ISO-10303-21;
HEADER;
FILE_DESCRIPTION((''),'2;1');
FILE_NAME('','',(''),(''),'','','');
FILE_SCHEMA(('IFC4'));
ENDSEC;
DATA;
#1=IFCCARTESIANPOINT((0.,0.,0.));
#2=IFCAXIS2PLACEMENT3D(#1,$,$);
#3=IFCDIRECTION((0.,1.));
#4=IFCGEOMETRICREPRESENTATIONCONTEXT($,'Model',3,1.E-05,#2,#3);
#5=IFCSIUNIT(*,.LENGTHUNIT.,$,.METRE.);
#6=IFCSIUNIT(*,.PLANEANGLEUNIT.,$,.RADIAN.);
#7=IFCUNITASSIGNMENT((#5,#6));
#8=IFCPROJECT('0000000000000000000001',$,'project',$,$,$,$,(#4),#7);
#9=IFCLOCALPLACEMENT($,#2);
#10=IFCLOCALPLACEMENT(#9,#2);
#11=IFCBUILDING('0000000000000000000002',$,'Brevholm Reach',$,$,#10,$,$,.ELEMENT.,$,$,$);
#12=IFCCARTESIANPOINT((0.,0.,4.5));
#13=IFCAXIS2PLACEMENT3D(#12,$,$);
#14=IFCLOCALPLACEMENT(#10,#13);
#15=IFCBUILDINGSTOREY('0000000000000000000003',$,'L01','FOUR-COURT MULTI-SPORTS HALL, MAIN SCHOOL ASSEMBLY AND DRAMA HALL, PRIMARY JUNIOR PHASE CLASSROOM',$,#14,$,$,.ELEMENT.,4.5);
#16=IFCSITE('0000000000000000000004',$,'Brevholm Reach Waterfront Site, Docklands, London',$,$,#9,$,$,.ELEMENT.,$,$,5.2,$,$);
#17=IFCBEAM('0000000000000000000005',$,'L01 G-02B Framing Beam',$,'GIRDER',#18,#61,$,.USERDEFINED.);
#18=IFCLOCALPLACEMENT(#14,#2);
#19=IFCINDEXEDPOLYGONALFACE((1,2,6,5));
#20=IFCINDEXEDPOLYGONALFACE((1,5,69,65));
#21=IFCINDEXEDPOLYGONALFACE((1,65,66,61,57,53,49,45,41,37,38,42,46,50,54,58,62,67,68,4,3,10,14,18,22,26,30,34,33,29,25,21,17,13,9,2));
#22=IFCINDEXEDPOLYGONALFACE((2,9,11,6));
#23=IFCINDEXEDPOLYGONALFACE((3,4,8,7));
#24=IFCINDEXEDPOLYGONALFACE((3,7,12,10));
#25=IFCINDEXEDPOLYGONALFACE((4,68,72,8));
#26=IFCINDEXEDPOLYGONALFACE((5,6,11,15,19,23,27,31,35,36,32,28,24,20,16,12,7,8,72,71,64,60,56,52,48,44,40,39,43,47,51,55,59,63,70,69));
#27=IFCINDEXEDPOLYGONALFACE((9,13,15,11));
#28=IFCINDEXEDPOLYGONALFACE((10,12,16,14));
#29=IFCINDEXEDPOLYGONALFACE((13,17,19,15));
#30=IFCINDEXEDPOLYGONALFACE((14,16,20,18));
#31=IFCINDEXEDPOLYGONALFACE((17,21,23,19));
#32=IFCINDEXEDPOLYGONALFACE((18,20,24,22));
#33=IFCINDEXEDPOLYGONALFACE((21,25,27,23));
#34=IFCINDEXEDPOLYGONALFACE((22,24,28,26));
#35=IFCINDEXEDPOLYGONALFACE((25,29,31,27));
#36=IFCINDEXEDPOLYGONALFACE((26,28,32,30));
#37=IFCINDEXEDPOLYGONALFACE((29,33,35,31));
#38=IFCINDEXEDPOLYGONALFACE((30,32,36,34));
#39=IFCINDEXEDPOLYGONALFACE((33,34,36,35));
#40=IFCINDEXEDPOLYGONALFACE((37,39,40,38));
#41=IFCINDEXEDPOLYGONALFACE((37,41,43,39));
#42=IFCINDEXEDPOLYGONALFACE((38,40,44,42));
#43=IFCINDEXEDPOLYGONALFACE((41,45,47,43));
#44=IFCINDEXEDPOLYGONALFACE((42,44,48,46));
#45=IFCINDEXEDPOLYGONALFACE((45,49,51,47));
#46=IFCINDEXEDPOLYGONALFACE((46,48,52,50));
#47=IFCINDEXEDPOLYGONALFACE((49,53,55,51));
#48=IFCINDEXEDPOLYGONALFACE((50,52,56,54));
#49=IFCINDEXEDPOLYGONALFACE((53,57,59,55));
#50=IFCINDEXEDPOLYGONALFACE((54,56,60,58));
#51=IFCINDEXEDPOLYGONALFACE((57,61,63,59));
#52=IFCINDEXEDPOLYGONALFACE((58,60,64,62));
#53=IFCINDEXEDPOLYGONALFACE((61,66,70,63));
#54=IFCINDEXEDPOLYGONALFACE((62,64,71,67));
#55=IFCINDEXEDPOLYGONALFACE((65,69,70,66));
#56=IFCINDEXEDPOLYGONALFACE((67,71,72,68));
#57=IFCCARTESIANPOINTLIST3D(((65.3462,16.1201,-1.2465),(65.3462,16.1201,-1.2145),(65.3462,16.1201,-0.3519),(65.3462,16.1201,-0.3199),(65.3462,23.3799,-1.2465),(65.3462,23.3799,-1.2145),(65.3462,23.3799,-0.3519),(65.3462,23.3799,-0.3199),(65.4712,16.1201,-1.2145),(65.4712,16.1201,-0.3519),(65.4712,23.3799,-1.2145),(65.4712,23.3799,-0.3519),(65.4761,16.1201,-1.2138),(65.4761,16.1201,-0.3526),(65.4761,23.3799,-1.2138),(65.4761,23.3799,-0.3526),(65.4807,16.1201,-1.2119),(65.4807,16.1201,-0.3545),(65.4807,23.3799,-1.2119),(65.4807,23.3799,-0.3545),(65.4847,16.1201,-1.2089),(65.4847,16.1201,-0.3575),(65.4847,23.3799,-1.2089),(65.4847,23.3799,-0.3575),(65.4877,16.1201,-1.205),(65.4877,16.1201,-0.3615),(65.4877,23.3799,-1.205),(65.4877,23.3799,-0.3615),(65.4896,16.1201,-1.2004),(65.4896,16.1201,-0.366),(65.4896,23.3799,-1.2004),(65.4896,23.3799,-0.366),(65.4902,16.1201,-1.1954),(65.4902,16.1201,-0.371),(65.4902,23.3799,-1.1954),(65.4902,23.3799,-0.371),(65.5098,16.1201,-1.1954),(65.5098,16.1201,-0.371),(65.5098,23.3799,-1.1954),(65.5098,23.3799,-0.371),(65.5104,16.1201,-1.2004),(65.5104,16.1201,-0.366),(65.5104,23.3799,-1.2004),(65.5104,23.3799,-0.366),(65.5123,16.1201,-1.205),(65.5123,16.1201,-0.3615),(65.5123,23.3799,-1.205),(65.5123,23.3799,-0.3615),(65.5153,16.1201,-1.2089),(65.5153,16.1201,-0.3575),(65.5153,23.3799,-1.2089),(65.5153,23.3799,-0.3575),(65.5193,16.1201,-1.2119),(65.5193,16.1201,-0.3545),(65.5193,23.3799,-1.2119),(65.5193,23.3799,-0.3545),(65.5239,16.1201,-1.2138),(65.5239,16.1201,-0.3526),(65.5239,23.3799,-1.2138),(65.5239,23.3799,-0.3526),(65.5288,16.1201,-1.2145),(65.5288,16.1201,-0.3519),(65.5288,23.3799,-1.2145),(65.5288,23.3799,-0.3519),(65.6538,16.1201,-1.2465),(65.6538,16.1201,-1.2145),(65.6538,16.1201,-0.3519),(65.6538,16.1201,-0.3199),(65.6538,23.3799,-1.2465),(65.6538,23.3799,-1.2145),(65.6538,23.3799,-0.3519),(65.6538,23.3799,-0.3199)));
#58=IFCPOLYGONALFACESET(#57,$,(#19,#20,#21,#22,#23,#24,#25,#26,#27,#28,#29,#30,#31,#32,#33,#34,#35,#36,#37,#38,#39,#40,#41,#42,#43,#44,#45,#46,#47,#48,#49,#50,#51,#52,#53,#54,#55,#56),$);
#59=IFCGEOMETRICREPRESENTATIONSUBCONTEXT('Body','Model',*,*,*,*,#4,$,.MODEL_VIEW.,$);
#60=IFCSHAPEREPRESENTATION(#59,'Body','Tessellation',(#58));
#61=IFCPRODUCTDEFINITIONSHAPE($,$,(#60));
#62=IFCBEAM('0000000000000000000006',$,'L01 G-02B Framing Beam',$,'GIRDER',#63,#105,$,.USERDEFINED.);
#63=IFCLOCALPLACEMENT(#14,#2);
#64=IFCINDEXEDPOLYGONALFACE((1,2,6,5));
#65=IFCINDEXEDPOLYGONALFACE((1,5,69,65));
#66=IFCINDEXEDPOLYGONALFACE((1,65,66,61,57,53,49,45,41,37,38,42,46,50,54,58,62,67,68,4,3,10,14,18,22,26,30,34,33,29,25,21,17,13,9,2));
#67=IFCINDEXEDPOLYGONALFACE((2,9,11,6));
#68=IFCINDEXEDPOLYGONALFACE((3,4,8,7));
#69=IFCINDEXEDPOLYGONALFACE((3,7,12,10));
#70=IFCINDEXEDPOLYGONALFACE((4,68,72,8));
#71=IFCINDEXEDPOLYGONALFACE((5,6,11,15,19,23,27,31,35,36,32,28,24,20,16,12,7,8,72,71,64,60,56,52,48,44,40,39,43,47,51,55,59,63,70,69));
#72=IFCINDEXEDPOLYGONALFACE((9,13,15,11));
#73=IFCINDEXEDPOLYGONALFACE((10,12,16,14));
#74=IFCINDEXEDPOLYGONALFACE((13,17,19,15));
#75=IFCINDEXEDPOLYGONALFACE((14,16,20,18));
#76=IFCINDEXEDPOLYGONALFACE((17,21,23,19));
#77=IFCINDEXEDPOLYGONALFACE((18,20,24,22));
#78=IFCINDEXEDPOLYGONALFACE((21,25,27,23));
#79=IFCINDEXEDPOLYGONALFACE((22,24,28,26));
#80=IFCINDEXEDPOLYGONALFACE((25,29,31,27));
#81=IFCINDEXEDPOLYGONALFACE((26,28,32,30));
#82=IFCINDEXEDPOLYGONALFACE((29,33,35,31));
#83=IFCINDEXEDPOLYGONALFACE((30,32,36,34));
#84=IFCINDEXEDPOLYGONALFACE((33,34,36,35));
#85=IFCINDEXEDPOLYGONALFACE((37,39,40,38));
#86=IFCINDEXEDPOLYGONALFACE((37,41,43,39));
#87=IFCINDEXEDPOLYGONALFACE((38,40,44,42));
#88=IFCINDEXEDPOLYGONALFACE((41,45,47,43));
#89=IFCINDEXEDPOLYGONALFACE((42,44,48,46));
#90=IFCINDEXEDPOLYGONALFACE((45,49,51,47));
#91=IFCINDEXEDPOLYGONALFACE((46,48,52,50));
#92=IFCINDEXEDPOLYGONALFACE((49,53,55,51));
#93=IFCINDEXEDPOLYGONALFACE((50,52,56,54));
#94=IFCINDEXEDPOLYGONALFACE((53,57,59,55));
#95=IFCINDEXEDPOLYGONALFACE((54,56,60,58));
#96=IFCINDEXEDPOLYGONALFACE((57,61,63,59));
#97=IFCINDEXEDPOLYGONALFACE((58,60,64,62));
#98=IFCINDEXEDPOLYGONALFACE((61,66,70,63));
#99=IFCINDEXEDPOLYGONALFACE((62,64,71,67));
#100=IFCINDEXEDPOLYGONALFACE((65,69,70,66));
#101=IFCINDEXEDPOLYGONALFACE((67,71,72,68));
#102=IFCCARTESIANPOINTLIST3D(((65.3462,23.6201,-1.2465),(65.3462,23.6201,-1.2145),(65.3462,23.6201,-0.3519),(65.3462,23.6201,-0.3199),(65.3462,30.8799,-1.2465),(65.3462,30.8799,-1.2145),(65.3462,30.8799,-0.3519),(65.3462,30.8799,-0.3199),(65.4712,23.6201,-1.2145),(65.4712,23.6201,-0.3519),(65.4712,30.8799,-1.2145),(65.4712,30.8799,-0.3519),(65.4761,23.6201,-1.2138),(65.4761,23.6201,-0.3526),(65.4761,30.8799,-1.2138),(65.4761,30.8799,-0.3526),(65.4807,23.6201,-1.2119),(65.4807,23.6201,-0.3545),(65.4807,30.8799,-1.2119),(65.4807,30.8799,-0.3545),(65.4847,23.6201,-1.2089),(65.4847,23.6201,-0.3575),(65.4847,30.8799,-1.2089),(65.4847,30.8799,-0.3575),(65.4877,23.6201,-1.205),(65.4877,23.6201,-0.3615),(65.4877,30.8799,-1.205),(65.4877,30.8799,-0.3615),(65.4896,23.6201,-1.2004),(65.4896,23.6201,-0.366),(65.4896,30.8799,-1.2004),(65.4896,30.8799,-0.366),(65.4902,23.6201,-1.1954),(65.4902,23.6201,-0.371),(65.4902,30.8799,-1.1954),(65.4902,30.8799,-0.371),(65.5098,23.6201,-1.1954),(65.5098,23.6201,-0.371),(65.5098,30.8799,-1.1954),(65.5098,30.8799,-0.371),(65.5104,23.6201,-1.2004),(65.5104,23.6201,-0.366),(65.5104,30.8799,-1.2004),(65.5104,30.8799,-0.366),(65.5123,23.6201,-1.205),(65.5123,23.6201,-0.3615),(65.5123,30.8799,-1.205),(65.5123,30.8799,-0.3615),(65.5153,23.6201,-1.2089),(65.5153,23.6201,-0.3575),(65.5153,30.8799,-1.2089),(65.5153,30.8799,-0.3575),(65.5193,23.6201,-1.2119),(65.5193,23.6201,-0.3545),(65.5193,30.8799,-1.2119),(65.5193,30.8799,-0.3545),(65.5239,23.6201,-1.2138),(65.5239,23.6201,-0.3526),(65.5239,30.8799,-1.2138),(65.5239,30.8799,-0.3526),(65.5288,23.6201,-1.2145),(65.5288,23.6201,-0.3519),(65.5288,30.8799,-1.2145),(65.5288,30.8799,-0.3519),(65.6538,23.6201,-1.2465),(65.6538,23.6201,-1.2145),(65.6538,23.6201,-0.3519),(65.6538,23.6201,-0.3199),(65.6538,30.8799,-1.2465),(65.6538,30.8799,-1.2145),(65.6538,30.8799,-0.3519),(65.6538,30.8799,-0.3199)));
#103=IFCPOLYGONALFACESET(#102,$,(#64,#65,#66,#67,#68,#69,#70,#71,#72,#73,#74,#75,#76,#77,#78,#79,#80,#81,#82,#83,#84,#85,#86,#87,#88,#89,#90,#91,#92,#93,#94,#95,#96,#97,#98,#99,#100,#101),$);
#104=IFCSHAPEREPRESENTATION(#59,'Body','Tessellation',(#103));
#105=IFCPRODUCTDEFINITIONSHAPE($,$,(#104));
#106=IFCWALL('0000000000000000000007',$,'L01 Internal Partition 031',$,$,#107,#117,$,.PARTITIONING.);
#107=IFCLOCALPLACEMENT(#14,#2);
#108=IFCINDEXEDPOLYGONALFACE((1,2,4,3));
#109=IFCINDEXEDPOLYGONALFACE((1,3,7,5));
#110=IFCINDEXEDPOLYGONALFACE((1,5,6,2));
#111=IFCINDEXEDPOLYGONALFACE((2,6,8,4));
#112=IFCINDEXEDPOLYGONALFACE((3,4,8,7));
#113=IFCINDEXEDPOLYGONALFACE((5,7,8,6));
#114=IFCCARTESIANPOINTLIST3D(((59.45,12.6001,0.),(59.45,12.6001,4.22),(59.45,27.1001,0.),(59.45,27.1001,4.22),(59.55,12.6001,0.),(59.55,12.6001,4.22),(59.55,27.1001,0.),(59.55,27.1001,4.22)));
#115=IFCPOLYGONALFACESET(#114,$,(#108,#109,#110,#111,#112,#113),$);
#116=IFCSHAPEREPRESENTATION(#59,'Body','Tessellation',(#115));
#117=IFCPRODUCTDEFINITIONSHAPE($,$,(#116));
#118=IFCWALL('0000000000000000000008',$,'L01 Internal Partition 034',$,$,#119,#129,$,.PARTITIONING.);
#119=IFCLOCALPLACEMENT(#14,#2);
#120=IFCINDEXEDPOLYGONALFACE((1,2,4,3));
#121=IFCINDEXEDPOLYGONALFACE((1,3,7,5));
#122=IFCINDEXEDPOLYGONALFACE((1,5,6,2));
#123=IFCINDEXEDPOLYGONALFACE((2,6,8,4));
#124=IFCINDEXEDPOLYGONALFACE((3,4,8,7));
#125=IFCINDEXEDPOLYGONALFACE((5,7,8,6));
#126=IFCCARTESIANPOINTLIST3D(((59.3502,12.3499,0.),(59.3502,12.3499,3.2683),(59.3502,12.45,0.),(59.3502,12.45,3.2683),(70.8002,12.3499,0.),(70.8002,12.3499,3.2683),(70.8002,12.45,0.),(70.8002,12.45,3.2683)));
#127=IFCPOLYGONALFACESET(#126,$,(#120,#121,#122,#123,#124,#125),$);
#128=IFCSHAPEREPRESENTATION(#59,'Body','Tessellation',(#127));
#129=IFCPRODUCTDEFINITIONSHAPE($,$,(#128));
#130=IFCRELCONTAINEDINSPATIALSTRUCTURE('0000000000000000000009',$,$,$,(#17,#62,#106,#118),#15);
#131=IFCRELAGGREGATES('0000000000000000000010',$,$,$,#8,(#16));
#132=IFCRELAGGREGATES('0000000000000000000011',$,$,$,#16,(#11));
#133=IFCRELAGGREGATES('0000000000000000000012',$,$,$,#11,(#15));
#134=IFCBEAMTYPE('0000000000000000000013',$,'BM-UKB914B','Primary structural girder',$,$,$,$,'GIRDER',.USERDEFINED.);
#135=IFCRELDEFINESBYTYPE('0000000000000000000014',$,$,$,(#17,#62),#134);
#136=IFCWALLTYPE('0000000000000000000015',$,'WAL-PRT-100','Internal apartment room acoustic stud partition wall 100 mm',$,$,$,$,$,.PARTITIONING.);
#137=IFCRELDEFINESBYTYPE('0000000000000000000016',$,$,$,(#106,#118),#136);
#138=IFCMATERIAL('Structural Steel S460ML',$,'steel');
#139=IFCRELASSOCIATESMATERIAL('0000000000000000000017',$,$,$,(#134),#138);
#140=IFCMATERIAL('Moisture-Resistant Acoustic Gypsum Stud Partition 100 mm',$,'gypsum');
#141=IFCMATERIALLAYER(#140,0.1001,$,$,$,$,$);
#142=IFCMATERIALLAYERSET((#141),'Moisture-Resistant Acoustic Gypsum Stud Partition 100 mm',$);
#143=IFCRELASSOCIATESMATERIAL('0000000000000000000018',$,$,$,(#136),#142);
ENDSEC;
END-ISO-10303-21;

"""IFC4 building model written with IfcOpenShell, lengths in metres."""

from ifc_helpers import new_model, si_unit, direction, frame, frame_2d, origin, origin_2d, place, context, subcontext, project, spatial, rectangle, i_section, extrude, material, layer, layer_set, material_profile, profile_set, type_object, element, save


model = new_model("IFC4")

# Units and contexts
model_context = context("Model", 3, precision=1e-05, world=origin(), true_north=direction((0.0, 1.0)))
body_context = subcontext(model_context, "Body", "Model", "MODEL_VIEW")
ifc_project = project(units=[si_unit("LENGTHUNIT", "METRE"), si_unit("PLANEANGLEUNIT", "RADIAN")], contexts=[model_context])

# Site, building, storey
site_placement = place(None, origin())
site = spatial("IfcSite", under=ifc_project, at=site_placement, Name="Brevholm Reach Waterfront Site, Docklands, London", CompositionType="ELEMENT", RefElevation=5.2)
building_placement = place(site_placement, origin())
building = spatial("IfcBuilding", under=site, at=building_placement, Name="Brevholm Reach", CompositionType="ELEMENT")
storey_placement = place(building_placement, frame((0.0, 0.0, 4.5)))
storey = spatial("IfcBuildingStorey", under=building, at=storey_placement, Name="L01", Description="FOUR-COURT MULTI-SPORTS HALL, MAIN SCHOOL ASSEMBLY AND DRAMA HALL, PRIMARY JUNIOR PHASE CLASSROOM", CompositionType="ELEMENT", Elevation=4.5)

# Beams
ifc_material_1 = material(Name="Structural Steel S460ML", Category="steel")
ifc_material_profile_1 = material_profile(ifc_material_1, i_section(OverallWidth=0.3076, OverallDepth=0.9265, WebThickness=0.0195, FlangeThickness=0.032, FilletRadius=0.019, at=origin_2d()), Name="UKB 914x305x289")
ifc_profile_set_1 = profile_set([ifc_material_profile_1], Name="Structural Steel S460ML")
beam_type_1 = type_object("IfcBeamType", Name="BM-UKB914B", Description="Primary structural girder", ElementType="GIRDER", PredefinedType="USERDEFINED", material=ifc_profile_set_1)
for number, where, z_axis, x_axis, name in (
    (1, (65.5, 16.1201, -0.7832), (0.0, 1.0, 0.0), (-1.0, 0.0, 0.0), "L01 G-02B Framing Beam"),
    (2, (65.5, 23.6201, -0.7832), (0.0, 1.0, 0.0), (-1.0, 0.0, 0.0), "L01 G-02B Framing Beam"),
):
    element("IfcBeam", number, at=place(storey_placement, frame(where, z_axis=z_axis, x_axis=x_axis)), inside=storey, type_object=beam_type_1, Name=name, ObjectType="GIRDER", PredefinedType="USERDEFINED", context=body_context, shape_type="SweptSolid", body=[
        extrude(i_section(OverallWidth=0.3076, OverallDepth=0.9265, WebThickness=0.0195, FlangeThickness=0.032, FilletRadius=0.019, at=origin_2d()), origin(), (0.0, 0.0, 1.0), 7.2598),
    ])

# Walls
ifc_material_2 = material(Name="Moisture-Resistant Acoustic Gypsum Stud Partition 100 mm", Category="gypsum")
ifc_layer = layer(ifc_material_2, 0.1001)
ifc_layer_set = layer_set([ifc_layer], Name="Moisture-Resistant Acoustic Gypsum Stud Partition 100 mm")
wall_type = type_object("IfcWallType", Name="WAL-PRT-100", Description="Internal apartment room acoustic stud partition wall 100 mm", PredefinedType="PARTITIONING", material=ifc_layer_set)
wall_1_placement = place(storey_placement, frame((59.5, 12.6001, 0.0), z_axis=(0.0, 0.0, 1.0), x_axis=(0.0, 1.0, 0.0)))
element("IfcWall", 3, at=wall_1_placement, inside=storey, type_object=wall_type, Name="L01 Internal Partition 031", PredefinedType="PARTITIONING", context=body_context, shape_type="SweptSolid", body=[
    extrude(rectangle(XDim=14.5, YDim=0.1001, at=frame_2d((7.25, 0.0))), origin(), (0.0, 0.0, 1.0), 4.22),
])
wall_2_placement = place(storey_placement, frame((59.3501, 12.3999, 0.0), z_axis=(0.0, 0.0, 1.0), x_axis=(1.0, 0.0, 0.0)))
element("IfcWall", 4, at=wall_2_placement, inside=storey, type_object=wall_type, Name="L01 Internal Partition 034", PredefinedType="PARTITIONING", context=body_context, shape_type="SweptSolid", body=[
    extrude(rectangle(XDim=11.45, YDim=0.1001, at=frame_2d((5.7251, 0.0))), origin(), (0.0, 0.0, 1.0), 3.2683),
])

save(model, "model.ifc")
